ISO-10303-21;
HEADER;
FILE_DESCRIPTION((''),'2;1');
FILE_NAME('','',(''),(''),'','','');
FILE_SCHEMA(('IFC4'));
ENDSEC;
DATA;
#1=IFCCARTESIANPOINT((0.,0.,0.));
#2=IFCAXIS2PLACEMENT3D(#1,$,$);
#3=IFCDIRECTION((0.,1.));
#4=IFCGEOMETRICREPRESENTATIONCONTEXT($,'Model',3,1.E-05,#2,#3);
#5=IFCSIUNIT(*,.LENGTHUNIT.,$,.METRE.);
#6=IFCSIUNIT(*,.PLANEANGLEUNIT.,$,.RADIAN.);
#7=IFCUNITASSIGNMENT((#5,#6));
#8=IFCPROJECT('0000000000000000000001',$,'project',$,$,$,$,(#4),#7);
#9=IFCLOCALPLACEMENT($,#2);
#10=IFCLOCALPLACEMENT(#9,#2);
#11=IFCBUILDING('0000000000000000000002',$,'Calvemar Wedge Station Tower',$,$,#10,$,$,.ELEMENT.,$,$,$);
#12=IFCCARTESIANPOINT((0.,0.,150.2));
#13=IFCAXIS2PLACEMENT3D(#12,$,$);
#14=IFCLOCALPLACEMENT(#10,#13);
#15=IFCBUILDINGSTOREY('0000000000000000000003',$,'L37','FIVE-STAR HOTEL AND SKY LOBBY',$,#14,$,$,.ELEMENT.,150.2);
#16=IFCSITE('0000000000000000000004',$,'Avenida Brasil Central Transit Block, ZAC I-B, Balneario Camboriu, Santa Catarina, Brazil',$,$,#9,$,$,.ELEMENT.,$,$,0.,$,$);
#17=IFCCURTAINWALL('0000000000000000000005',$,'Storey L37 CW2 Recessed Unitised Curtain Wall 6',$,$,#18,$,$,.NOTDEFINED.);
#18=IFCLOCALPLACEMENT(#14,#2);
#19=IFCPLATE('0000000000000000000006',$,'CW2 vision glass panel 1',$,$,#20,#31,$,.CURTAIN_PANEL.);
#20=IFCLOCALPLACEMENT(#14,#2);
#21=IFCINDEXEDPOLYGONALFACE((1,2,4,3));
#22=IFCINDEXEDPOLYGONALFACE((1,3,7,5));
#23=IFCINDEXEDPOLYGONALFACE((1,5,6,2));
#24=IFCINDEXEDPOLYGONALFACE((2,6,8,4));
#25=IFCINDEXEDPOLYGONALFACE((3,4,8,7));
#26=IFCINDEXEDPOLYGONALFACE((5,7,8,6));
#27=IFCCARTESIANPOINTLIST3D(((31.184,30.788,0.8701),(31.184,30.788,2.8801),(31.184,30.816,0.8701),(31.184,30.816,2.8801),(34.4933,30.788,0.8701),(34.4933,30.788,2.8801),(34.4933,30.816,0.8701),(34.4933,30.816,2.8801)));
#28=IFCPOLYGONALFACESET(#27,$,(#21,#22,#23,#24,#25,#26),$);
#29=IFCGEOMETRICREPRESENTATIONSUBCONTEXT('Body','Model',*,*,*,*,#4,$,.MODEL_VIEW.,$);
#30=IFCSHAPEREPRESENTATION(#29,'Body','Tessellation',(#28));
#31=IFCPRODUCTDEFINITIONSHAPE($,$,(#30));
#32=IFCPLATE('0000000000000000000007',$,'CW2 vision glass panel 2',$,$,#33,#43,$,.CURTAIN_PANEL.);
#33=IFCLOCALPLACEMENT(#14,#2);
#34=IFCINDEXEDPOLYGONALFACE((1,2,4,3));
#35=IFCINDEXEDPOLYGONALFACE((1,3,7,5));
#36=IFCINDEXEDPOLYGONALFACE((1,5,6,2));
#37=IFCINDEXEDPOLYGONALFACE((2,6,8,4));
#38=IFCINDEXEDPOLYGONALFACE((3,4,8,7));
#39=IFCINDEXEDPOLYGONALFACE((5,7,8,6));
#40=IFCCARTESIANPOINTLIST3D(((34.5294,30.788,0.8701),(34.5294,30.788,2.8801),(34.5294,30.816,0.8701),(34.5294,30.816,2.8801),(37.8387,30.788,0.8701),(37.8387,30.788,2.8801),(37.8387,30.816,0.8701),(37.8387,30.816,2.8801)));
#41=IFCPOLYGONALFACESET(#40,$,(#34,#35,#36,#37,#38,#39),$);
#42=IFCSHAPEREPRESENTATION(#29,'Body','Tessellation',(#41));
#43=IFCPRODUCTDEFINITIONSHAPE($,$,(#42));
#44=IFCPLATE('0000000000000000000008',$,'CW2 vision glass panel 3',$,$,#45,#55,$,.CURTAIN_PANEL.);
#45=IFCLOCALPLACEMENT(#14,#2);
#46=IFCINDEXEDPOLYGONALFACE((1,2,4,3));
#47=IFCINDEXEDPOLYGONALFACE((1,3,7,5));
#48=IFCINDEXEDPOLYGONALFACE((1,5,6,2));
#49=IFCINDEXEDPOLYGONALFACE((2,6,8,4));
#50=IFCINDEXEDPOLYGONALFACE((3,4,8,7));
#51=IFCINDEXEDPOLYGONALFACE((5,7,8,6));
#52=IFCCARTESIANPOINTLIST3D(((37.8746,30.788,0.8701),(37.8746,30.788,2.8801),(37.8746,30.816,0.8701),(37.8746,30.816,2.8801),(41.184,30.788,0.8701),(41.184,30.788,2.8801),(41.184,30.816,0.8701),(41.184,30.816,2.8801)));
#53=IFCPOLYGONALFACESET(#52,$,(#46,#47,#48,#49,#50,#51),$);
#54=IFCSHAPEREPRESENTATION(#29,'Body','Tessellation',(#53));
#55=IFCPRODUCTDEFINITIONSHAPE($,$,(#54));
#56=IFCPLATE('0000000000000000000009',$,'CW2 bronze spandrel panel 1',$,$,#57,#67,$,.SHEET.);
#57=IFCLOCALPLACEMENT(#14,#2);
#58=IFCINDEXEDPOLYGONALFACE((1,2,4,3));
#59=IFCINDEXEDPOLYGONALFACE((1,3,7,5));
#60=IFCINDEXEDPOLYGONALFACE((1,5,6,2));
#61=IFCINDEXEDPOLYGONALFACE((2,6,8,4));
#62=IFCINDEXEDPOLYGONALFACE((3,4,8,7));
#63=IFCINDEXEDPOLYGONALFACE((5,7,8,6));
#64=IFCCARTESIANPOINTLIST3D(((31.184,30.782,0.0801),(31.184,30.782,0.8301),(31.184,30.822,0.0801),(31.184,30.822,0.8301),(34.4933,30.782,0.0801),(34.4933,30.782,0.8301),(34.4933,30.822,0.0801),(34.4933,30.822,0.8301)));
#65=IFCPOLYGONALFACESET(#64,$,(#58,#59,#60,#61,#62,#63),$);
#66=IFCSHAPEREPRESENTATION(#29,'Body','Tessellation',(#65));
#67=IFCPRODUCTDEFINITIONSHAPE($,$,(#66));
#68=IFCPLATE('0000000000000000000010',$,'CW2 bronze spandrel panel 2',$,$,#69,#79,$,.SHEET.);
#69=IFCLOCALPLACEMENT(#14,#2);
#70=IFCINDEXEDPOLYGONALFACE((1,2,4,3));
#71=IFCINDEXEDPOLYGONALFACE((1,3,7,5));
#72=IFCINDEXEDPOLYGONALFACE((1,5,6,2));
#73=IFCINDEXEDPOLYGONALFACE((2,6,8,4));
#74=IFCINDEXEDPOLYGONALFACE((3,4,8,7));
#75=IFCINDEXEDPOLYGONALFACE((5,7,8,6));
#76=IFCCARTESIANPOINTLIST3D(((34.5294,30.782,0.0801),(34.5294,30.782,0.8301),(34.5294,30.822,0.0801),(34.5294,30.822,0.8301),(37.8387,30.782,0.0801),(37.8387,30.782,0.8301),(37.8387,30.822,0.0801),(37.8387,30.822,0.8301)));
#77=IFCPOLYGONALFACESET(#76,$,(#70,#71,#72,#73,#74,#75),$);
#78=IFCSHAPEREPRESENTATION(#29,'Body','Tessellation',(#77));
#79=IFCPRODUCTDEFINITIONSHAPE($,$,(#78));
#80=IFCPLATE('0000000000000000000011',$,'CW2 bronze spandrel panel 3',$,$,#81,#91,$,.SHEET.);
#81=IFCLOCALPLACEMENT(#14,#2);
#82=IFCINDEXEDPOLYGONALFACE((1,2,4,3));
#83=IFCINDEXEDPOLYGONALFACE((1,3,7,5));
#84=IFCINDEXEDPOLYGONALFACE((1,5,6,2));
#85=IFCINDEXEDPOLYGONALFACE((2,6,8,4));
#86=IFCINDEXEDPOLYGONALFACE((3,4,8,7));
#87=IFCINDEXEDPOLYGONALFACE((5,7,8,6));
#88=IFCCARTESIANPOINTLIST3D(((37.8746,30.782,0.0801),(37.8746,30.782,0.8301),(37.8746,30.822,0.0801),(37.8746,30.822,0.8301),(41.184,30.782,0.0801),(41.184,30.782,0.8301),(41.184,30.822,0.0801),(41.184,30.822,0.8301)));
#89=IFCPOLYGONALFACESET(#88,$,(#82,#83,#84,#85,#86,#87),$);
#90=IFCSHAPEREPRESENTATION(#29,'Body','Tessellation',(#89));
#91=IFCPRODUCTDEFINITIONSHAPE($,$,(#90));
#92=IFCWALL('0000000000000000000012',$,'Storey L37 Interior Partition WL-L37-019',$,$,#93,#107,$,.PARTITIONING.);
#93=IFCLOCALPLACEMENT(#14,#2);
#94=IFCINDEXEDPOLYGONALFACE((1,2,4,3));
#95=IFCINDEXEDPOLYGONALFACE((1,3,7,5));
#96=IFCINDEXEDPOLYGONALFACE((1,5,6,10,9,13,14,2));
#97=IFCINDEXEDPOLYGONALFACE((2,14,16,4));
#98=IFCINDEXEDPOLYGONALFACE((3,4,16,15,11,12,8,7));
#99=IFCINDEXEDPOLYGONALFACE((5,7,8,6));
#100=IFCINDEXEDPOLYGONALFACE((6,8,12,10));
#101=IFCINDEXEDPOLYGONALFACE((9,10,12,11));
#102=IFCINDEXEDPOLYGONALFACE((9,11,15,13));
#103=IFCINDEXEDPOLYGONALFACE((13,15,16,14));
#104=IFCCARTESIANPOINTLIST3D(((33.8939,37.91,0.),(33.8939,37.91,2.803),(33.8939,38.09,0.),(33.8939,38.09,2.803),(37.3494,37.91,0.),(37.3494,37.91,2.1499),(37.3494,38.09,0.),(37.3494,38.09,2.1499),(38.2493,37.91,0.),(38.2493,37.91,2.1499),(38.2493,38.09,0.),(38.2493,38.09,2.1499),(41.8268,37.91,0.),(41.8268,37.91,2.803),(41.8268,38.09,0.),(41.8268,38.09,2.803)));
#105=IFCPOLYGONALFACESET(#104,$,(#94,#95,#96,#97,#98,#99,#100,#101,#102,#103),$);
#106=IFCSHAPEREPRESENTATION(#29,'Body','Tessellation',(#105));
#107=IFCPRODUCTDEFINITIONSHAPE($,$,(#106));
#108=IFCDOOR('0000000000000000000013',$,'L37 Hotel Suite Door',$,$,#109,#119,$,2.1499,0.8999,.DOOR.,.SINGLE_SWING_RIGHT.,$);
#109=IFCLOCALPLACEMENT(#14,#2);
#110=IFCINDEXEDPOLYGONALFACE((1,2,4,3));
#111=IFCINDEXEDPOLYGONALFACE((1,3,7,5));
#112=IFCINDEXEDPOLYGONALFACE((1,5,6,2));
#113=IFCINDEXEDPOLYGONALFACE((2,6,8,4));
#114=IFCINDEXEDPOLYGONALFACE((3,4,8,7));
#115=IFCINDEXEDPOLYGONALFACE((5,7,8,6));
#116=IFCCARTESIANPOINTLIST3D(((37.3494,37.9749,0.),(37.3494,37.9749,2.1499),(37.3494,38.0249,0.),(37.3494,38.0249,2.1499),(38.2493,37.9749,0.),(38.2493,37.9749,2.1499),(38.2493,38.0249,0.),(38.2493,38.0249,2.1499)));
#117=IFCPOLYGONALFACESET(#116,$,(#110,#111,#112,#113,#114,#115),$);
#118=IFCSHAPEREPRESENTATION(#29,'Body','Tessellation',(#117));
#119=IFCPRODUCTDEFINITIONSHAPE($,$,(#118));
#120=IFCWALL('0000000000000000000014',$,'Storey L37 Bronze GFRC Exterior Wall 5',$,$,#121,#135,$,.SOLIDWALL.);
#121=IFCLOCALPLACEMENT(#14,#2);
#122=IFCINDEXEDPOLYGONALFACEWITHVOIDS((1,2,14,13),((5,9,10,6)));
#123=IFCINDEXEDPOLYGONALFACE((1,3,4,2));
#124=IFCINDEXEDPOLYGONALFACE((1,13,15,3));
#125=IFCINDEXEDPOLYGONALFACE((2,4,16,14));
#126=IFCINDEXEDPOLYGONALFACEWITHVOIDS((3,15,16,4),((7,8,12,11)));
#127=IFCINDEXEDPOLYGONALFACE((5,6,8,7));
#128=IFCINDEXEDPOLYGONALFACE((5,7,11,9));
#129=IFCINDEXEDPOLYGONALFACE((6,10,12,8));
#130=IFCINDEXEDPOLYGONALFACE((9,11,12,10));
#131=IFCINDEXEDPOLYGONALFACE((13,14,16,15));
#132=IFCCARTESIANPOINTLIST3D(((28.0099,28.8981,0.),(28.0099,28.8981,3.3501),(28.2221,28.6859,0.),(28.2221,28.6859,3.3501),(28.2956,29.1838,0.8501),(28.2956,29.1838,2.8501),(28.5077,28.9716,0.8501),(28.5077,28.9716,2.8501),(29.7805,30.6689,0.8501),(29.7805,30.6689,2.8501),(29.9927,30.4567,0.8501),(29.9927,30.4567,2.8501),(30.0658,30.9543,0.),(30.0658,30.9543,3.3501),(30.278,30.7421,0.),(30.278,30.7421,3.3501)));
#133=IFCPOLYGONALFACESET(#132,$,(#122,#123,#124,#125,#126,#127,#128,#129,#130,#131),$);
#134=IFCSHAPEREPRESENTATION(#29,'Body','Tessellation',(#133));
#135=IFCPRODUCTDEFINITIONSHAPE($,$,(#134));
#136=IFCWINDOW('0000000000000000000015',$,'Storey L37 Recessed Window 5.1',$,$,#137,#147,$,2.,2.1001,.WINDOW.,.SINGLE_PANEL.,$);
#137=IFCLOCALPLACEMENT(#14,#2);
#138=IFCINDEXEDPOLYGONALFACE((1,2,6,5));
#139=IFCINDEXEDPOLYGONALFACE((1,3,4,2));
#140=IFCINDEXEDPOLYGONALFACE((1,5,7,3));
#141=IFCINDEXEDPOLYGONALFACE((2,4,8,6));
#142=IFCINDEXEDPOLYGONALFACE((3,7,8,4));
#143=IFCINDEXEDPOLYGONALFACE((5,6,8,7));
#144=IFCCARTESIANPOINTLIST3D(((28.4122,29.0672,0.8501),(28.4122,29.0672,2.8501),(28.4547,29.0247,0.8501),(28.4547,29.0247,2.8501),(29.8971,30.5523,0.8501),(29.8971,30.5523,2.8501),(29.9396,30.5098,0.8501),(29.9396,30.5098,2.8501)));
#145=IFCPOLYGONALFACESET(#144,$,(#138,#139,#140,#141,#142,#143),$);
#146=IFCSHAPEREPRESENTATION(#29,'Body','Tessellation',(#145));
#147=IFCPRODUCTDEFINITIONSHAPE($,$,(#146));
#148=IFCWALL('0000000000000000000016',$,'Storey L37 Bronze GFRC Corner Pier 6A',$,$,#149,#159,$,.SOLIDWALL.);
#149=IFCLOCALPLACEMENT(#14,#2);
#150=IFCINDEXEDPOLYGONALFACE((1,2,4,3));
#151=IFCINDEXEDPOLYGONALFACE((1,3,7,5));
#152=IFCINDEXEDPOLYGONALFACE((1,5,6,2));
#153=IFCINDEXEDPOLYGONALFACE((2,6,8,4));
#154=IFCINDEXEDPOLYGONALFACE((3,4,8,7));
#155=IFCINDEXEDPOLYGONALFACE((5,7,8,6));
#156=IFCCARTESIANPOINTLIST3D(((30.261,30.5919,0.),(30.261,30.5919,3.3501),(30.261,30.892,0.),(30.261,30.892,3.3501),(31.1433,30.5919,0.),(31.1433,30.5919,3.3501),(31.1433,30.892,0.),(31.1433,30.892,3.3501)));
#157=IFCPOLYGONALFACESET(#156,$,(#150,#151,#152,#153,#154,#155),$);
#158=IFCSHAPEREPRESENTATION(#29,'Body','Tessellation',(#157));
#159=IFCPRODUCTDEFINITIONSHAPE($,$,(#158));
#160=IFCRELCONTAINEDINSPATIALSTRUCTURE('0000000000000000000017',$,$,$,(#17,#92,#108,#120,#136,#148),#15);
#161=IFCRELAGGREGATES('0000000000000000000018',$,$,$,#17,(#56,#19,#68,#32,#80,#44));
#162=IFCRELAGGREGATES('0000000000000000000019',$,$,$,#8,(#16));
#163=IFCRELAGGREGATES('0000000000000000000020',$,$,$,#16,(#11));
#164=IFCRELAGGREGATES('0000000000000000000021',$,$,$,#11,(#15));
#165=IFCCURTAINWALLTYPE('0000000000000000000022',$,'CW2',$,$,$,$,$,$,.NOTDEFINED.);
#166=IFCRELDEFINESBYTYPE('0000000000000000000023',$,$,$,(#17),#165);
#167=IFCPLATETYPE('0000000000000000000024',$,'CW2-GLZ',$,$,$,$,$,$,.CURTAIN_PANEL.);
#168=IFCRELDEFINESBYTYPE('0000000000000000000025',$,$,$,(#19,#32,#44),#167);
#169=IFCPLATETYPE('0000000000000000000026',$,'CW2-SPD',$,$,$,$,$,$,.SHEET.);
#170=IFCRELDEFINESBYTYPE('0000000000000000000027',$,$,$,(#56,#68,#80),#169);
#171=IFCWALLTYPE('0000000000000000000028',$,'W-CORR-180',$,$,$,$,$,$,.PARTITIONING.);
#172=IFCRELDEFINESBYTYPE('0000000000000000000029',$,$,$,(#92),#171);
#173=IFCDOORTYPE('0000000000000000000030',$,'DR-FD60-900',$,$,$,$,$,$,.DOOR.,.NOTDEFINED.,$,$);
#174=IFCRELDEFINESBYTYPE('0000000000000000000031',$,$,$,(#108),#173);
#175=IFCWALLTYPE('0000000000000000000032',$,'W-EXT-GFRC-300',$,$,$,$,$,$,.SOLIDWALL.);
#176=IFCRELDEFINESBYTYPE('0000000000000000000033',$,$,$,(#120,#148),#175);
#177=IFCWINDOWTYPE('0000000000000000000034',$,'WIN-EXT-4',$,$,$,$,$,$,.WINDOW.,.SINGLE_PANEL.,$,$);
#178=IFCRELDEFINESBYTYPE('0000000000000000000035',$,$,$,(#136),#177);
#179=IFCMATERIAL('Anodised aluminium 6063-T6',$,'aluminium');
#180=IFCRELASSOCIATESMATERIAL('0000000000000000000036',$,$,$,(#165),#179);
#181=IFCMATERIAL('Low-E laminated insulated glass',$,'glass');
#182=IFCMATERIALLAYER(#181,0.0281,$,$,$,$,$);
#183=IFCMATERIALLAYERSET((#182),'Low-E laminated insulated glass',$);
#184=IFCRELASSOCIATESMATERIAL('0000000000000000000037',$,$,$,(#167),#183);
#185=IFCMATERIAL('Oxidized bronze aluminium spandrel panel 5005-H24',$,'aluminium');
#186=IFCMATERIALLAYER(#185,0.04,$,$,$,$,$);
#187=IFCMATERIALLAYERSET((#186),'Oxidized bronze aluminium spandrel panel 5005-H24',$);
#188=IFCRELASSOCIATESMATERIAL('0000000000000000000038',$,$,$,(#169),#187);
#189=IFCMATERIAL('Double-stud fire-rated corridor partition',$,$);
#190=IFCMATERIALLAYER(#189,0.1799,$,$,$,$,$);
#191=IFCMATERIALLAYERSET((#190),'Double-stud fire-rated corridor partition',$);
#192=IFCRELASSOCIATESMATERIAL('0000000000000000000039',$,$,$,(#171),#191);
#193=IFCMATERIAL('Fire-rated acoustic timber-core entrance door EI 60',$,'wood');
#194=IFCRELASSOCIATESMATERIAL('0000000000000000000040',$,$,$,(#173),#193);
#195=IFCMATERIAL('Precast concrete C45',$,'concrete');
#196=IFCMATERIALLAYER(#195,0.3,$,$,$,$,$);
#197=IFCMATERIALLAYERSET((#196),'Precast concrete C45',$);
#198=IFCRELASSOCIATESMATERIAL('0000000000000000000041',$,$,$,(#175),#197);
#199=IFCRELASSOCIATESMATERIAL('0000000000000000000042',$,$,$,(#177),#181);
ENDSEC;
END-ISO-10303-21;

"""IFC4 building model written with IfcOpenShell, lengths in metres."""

from ifc_helpers import new_model, si_unit, direction, frame, frame_2d, origin, place, context, subcontext, project, spatial, rectangle, extrude, source, transform, mapped, material, layer, layer_set, type_object, element, fill, aggregate, save


model = new_model("IFC4")

# Units and contexts
model_context = context("Model", 3, precision=1e-05, world=origin(), true_north=direction((0.0, 1.0)))
body_context = subcontext(model_context, "Body", "Model", "MODEL_VIEW")
ifc_project = project(units=[si_unit("LENGTHUNIT", "METRE"), si_unit("PLANEANGLEUNIT", "RADIAN")], contexts=[model_context])

# Site, building, storey
site_placement = place(None, origin())
site = spatial("IfcSite", under=ifc_project, at=site_placement, Name="Avenida Brasil Central Transit Block, ZAC I-B, Balneario Camboriu, Santa Catarina, Brazil", CompositionType="ELEMENT", RefElevation=0.0)
building_placement = place(site_placement, origin())
building = spatial("IfcBuilding", under=site, at=building_placement, Name="Calvemar Wedge Station Tower", CompositionType="ELEMENT")
storey_placement = place(building_placement, frame((0.0, 0.0, 150.2)))
storey = spatial("IfcBuildingStorey", under=building, at=storey_placement, Name="L37", Description="FIVE-STAR HOTEL AND SKY LOBBY", CompositionType="ELEMENT", Elevation=150.2)

# Curtain wall, plates
ifc_material_1 = material(Name="Anodised aluminium 6063-T6", Category="aluminium")
curtain_wall_type = type_object("IfcCurtainWallType", Name="CW2", PredefinedType="NOTDEFINED", material=ifc_material_1)
curtain_wall_placement = place(storey_placement, origin())
curtain_wall = element("IfcCurtainWall", 1, at=curtain_wall_placement, inside=storey, type_object=curtain_wall_type, Name="Storey L37 CW2 Recessed Unitised Curtain Wall 6", PredefinedType="NOTDEFINED")
ifc_material_2 = material(Name="Low-E laminated insulated glass", Category="glass")
ifc_layer_1 = layer(ifc_material_2, 0.0281)
ifc_layer_set_1 = layer_set([ifc_layer_1], Name="Low-E laminated insulated glass")
plate_type_1 = type_object("IfcPlateType", Name="CW2-GLZ", PredefinedType="CURTAIN_PANEL", material=ifc_layer_set_1)
plate_1_placement = place(storey_placement, frame((31.1838, 30.802, 0.8701), z_axis=(0.0, 0.0, 1.0), x_axis=(1.0, 0.0, 0.0)))
plate_1 = element("IfcPlate", 2, at=plate_1_placement, type_object=plate_type_1, Name="CW2 vision glass panel 1", PredefinedType="CURTAIN_PANEL", context=body_context, shape_type="SweptSolid", body=[
    extrude(rectangle(XDim=3.3093, YDim=0.0281, at=frame_2d((1.6548, 0.0))), origin(), (0.0, 0.0, 1.0), 2.01),
])
plate_2_placement = place(storey_placement, frame((34.5293, 30.802, 0.8701), z_axis=(0.0, 0.0, 1.0), x_axis=(1.0, 0.0, 0.0)))
plate_2 = element("IfcPlate", 3, at=plate_2_placement, type_object=plate_type_1, Name="CW2 vision glass panel 2", PredefinedType="CURTAIN_PANEL", context=body_context, shape_type="SweptSolid", body=[
    extrude(rectangle(XDim=3.3093, YDim=0.0281, at=frame_2d((1.6548, 0.0))), origin(), (0.0, 0.0, 1.0), 2.01),
])
plate_3_placement = place(storey_placement, frame((37.8745, 30.802, 0.8701), z_axis=(0.0, 0.0, 1.0), x_axis=(1.0, 0.0, 0.0)))
plate_3 = element("IfcPlate", 4, at=plate_3_placement, type_object=plate_type_1, Name="CW2 vision glass panel 3", PredefinedType="CURTAIN_PANEL", context=body_context, shape_type="SweptSolid", body=[
    extrude(rectangle(XDim=3.3093, YDim=0.0281, at=frame_2d((1.6548, 0.0))), origin(), (0.0, 0.0, 1.0), 2.01),
])
ifc_material_3 = material(Name="Oxidized bronze aluminium spandrel panel 5005-H24", Category="aluminium")
ifc_layer_2 = layer(ifc_material_3, 0.04)
ifc_layer_set_2 = layer_set([ifc_layer_2], Name="Oxidized bronze aluminium spandrel panel 5005-H24")
plate_type_2 = type_object("IfcPlateType", Name="CW2-SPD", PredefinedType="SHEET", material=ifc_layer_set_2)
plate_4_placement = place(storey_placement, frame((31.1838, 30.802, 0.0801), z_axis=(0.0, 0.0, 1.0), x_axis=(1.0, 0.0, 0.0)))
plate_4 = element("IfcPlate", 5, at=plate_4_placement, type_object=plate_type_2, Name="CW2 bronze spandrel panel 1", PredefinedType="SHEET", context=body_context, shape_type="SweptSolid", body=[
    extrude(rectangle(XDim=3.3093, YDim=0.04, at=frame_2d((1.6548, 0.0))), origin(), (0.0, 0.0, 1.0), 0.75),
])
plate_5_placement = place(storey_placement, frame((34.5293, 30.802, 0.0801), z_axis=(0.0, 0.0, 1.0), x_axis=(1.0, 0.0, 0.0)))
plate_5 = element("IfcPlate", 6, at=plate_5_placement, type_object=plate_type_2, Name="CW2 bronze spandrel panel 2", PredefinedType="SHEET", context=body_context, shape_type="SweptSolid", body=[
    extrude(rectangle(XDim=3.3093, YDim=0.04, at=frame_2d((1.6548, 0.0))), origin(), (0.0, 0.0, 1.0), 0.75),
])
plate_6_placement = place(storey_placement, frame((37.8745, 30.802, 0.0801), z_axis=(0.0, 0.0, 1.0), x_axis=(1.0, 0.0, 0.0)))
plate_6 = element("IfcPlate", 7, at=plate_6_placement, type_object=plate_type_2, Name="CW2 bronze spandrel panel 3", PredefinedType="SHEET", context=body_context, shape_type="SweptSolid", body=[
    extrude(rectangle(XDim=3.3093, YDim=0.04, at=frame_2d((1.6548, 0.0))), origin(), (0.0, 0.0, 1.0), 0.75),
])
aggregate(curtain_wall, [plate_4, plate_1, plate_5, plate_2, plate_6, plate_3])

# Wall, opening, door
ifc_material_4 = material(Name="Double-stud fire-rated corridor partition")
ifc_layer_3 = layer(ifc_material_4, 0.1799)
ifc_layer_set_3 = layer_set([ifc_layer_3], Name="Double-stud fire-rated corridor partition")
wall_type_1 = type_object("IfcWallType", Name="W-CORR-180", PredefinedType="PARTITIONING", material=ifc_layer_set_3)
wall_1_placement = place(storey_placement, frame((33.894, 38.0, 0.0), z_axis=(0.0, 0.0, 1.0), x_axis=(1.0, 0.0, 0.0)))
wall_1 = element("IfcWall", 8, at=wall_1_placement, inside=storey, type_object=wall_type_1, Name="Storey L37 Interior Partition WL-L37-019", PredefinedType="PARTITIONING", context=body_context, shape_type="SweptSolid", body=[
    extrude(rectangle(XDim=7.9329, YDim=0.1799, at=frame_2d((3.9663, 0.0))), origin(), (0.0, 0.0, 1.0), 2.803),
])
shared_shape_1 = source(origin(), body_context, "Body", "SweptSolid", [
    extrude(rectangle(XDim=0.8999, YDim=2.1499, at=frame_2d((0.45, 1.075))), frame((0.0, 0.1001, 0.0), z_axis=(0.0, -1.0, 0.0), x_axis=(1.0, 0.0, 0.0)), (0.0, 0.0, 1.0), 0.2),
])
opening_1_placement = place(wall_1_placement, frame((3.4553, 0.0, 0.0)))
opening_1 = element("IfcOpeningElement", 9, at=opening_1_placement, cuts=wall_1, PredefinedType="OPENING", context=body_context, shape_type="MappedRepresentation", body=[
    mapped(shared_shape_1, transform((0.0, 0.0, 0.0), scale=1.0)),
])
ifc_material_5 = material(Name="Fire-rated acoustic timber-core entrance door EI 60", Category="wood")
door_type_1 = type_object("IfcDoorType", Name="DR-FD60-900", OperationType="NOTDEFINED", PredefinedType="DOOR", material=ifc_material_5)
shared_shape_2 = source(origin(), body_context, "Body", "SweptSolid", [
    extrude(rectangle(XDim=0.8999, YDim=2.1499, at=frame_2d((0.45, 1.075))), frame((0.0, 0.0249, 0.0), z_axis=(0.0, -1.0, 0.0), x_axis=(1.0, 0.0, 0.0)), (0.0, 0.0, 1.0), 0.05),
])
door_1_placement = place(opening_1_placement, origin())
door_1 = element("IfcDoor", 10, at=door_1_placement, inside=storey, type_object=door_type_1, Name="L37 Hotel Suite Door", OperationType="SINGLE_SWING_RIGHT", OverallHeight=2.1499, OverallWidth=0.8999, PredefinedType="DOOR", context=body_context, shape_type="MappedRepresentation", body=[
    mapped(shared_shape_2, transform((0.0, 0.0, 0.0), scale=1.0)),
])
fill(opening_1, door_1)

# Wall, opening, window
ifc_material_6 = material(Name="Precast concrete C45", Category="concrete")
ifc_layer_4 = layer(ifc_material_6, 0.3)
ifc_layer_set_4 = layer_set([ifc_layer_4], Name="Precast concrete C45")
wall_type_2 = type_object("IfcWallType", Name="W-EXT-GFRC-300", PredefinedType="SOLIDWALL", material=ifc_layer_set_4)
wall_2_placement = place(storey_placement, frame((28.116, 28.792, 0.0), z_axis=(0.0, 0.0, 1.0), x_axis=(0.707065, 0.707149, 0.0)))
wall_2 = element("IfcWall", 11, at=wall_2_placement, inside=storey, type_object=wall_type_2, Name="Storey L37 Bronze GFRC Exterior Wall 5", PredefinedType="SOLIDWALL", context=body_context, shape_type="SweptSolid", body=[
    extrude(rectangle(XDim=2.9077, YDim=0.3, at=frame_2d((1.4539, 0.0))), origin(), (0.0, 0.0, 1.0), 3.3501),
])
shared_shape_3 = source(origin(), body_context, "Body", "SweptSolid", [
    extrude(rectangle(XDim=2.1001, YDim=2.0, at=frame_2d((1.05, 1.0))), frame((0.0, 0.1602, 0.0), z_axis=(0.0, -1.0, 0.0), x_axis=(1.0, 0.0, 0.0)), (0.0, 0.0, 1.0), 0.3201),
])
opening_2_placement = place(wall_2_placement, frame((0.4041, 0.0, 0.8501)))
opening_2 = element("IfcOpeningElement", 12, at=opening_2_placement, cuts=wall_2, PredefinedType="OPENING", context=body_context, shape_type="MappedRepresentation", body=[
    mapped(shared_shape_3, transform((0.0, 0.0, 0.0), scale=1.0)),
])
window_type = type_object("IfcWindowType", Name="WIN-EXT-4", PartitioningType="SINGLE_PANEL", PredefinedType="WINDOW", material=ifc_material_2)
shared_shape_4 = source(origin(), body_context, "Body", "SweptSolid", [
    extrude(rectangle(XDim=2.1001, YDim=2.0, at=frame_2d((1.05, 1.0))), frame((0.0, -0.0149, 0.0), z_axis=(0.0, -1.0, 0.0), x_axis=(1.0, 0.0, 0.0)), (0.0, 0.0, 1.0), 0.0601),
])
window_placement = place(opening_2_placement, origin())
window = element("IfcWindow", 13, at=window_placement, inside=storey, type_object=window_type, Name="Storey L37 Recessed Window 5.1", OverallHeight=2.0, OverallWidth=2.1001, PartitioningType="SINGLE_PANEL", PredefinedType="WINDOW", context=body_context, shape_type="MappedRepresentation", body=[
    mapped(shared_shape_4, transform((0.0, 0.0, 0.0), scale=1.0)),
])
fill(opening_2, window)

# Wall
wall_3_placement = place(storey_placement, frame((30.261, 30.7419, 0.0), z_axis=(0.0, 0.0, 1.0), x_axis=(1.0, 0.0, 0.0)))
element("IfcWall", 14, at=wall_3_placement, inside=storey, type_object=wall_type_2, Name="Storey L37 Bronze GFRC Corner Pier 6A", PredefinedType="SOLIDWALL", context=body_context, shape_type="SweptSolid", body=[
    extrude(rectangle(XDim=0.8823, YDim=0.3, at=frame_2d((0.4412, 0.0))), origin(), (0.0, 0.0, 1.0), 3.3501),
])

save(model, "model.ifc")
